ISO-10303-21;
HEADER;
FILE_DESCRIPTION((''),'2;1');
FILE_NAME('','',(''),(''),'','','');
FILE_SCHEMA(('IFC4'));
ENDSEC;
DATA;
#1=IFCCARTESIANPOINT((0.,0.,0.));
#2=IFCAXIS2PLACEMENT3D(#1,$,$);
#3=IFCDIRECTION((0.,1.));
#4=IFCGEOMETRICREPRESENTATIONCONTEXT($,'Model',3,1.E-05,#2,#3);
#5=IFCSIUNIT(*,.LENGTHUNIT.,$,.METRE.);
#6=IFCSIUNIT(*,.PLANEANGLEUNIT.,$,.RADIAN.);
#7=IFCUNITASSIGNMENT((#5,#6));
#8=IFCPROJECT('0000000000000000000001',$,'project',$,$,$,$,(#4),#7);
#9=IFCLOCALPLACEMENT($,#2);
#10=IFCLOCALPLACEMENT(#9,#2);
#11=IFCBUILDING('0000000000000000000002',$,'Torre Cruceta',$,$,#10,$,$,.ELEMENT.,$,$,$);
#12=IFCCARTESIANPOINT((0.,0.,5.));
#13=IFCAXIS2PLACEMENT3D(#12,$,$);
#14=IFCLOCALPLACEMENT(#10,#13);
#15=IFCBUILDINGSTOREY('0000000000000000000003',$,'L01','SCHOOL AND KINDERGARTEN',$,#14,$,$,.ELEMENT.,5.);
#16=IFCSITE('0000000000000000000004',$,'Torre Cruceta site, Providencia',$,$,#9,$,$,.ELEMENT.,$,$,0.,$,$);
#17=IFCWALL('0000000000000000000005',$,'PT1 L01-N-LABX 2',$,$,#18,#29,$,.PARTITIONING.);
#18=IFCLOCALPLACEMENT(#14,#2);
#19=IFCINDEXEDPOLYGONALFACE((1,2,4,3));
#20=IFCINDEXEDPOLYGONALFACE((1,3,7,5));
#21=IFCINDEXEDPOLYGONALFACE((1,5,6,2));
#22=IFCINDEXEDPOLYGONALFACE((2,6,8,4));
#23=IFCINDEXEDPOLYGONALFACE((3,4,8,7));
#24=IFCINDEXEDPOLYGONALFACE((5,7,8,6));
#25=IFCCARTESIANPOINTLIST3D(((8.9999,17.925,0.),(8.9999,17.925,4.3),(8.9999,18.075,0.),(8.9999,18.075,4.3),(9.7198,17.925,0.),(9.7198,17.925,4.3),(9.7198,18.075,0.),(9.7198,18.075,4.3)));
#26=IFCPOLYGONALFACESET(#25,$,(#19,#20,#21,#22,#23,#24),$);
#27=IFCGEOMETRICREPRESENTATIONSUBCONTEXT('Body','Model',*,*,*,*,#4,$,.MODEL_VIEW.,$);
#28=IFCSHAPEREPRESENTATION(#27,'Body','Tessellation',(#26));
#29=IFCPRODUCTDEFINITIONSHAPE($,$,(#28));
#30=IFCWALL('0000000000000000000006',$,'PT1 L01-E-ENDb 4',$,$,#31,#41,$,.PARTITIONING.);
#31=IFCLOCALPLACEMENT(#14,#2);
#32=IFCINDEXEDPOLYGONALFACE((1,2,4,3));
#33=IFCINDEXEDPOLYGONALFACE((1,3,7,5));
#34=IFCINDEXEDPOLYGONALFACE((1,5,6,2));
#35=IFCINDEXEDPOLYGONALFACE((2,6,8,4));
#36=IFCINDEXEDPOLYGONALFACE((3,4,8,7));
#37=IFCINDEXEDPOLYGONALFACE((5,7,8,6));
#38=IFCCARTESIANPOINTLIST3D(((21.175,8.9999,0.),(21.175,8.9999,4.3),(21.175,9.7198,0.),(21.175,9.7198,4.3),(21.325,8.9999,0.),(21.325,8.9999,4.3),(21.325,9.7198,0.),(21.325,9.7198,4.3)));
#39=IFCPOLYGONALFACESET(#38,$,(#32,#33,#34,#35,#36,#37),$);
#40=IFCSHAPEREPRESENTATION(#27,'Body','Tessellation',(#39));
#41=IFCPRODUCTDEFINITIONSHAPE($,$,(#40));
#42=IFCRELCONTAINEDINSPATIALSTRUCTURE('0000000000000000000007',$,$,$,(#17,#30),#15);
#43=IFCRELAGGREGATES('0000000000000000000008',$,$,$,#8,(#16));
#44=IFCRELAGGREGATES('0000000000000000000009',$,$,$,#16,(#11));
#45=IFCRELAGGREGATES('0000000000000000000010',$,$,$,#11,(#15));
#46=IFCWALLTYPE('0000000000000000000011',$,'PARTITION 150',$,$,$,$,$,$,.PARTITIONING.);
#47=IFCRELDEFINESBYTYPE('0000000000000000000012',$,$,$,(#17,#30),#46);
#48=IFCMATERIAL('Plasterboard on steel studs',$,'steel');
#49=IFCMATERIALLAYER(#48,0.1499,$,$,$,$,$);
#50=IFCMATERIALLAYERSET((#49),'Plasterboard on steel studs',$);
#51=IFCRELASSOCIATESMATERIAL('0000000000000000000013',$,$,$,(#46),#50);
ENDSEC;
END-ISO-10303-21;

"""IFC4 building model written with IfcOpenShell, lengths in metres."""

from ifc_helpers import new_model, si_unit, direction, frame, frame_2d, origin, place, context, subcontext, project, spatial, rectangle, extrude, material, layer, layer_set, type_object, element, save


model = new_model("IFC4")

# Units and contexts
model_context = context("Model", 3, precision=1e-05, world=origin(), true_north=direction((0.0, 1.0)))
body_context = subcontext(model_context, "Body", "Model", "MODEL_VIEW")
ifc_project = project(units=[si_unit("LENGTHUNIT", "METRE"), si_unit("PLANEANGLEUNIT", "RADIAN")], contexts=[model_context])

# Site, building, storey
site_placement = place(None, origin())
site = spatial("IfcSite", under=ifc_project, at=site_placement, Name="Torre Cruceta site, Providencia", CompositionType="ELEMENT", RefElevation=0.0)
building_placement = place(site_placement, origin())
building = spatial("IfcBuilding", under=site, at=building_placement, Name="Torre Cruceta", CompositionType="ELEMENT")
storey_placement = place(building_placement, frame((0.0, 0.0, 5.0)))
storey = spatial("IfcBuildingStorey", under=building, at=storey_placement, Name="L01", Description="SCHOOL AND KINDERGARTEN", CompositionType="ELEMENT", Elevation=5.0)

# Walls
ifc_material_1 = material(Name="Plasterboard on steel studs", Category="steel")
ifc_layer_1 = layer(ifc_material_1, 0.1499)
ifc_layer_set_1 = layer_set([ifc_layer_1], Name="Plasterboard on steel studs")
wall_type_1 = type_object("IfcWallType", Name="PARTITION 150", PredefinedType="PARTITIONING", material=ifc_layer_set_1)
for number, where, z_axis, x_axis, name in (
    (1, (9.0, 18.0, 0.0), (0.0, 0.0, 1.0), (1.0, 0.0, 0.0), "PT1 L01-N-LABX 2"),
    (2, (21.25, 9.0, 0.0), (0.0, 0.0, 1.0), (0.0, 1.0, 0.0), "PT1 L01-E-ENDb 4"),
):
    element("IfcWall", number, at=place(storey_placement, frame(where, z_axis=z_axis, x_axis=x_axis)), inside=storey, type_object=wall_type_1, Name=name, PredefinedType="PARTITIONING", context=body_context, shape_type="SweptSolid", body=[
        extrude(rectangle(XDim=0.72, YDim=0.1499, at=frame_2d((0.3599, 0.0))), origin(), (0.0, 0.0, 1.0), 4.3),
    ])

save(model, "model.ifc")
